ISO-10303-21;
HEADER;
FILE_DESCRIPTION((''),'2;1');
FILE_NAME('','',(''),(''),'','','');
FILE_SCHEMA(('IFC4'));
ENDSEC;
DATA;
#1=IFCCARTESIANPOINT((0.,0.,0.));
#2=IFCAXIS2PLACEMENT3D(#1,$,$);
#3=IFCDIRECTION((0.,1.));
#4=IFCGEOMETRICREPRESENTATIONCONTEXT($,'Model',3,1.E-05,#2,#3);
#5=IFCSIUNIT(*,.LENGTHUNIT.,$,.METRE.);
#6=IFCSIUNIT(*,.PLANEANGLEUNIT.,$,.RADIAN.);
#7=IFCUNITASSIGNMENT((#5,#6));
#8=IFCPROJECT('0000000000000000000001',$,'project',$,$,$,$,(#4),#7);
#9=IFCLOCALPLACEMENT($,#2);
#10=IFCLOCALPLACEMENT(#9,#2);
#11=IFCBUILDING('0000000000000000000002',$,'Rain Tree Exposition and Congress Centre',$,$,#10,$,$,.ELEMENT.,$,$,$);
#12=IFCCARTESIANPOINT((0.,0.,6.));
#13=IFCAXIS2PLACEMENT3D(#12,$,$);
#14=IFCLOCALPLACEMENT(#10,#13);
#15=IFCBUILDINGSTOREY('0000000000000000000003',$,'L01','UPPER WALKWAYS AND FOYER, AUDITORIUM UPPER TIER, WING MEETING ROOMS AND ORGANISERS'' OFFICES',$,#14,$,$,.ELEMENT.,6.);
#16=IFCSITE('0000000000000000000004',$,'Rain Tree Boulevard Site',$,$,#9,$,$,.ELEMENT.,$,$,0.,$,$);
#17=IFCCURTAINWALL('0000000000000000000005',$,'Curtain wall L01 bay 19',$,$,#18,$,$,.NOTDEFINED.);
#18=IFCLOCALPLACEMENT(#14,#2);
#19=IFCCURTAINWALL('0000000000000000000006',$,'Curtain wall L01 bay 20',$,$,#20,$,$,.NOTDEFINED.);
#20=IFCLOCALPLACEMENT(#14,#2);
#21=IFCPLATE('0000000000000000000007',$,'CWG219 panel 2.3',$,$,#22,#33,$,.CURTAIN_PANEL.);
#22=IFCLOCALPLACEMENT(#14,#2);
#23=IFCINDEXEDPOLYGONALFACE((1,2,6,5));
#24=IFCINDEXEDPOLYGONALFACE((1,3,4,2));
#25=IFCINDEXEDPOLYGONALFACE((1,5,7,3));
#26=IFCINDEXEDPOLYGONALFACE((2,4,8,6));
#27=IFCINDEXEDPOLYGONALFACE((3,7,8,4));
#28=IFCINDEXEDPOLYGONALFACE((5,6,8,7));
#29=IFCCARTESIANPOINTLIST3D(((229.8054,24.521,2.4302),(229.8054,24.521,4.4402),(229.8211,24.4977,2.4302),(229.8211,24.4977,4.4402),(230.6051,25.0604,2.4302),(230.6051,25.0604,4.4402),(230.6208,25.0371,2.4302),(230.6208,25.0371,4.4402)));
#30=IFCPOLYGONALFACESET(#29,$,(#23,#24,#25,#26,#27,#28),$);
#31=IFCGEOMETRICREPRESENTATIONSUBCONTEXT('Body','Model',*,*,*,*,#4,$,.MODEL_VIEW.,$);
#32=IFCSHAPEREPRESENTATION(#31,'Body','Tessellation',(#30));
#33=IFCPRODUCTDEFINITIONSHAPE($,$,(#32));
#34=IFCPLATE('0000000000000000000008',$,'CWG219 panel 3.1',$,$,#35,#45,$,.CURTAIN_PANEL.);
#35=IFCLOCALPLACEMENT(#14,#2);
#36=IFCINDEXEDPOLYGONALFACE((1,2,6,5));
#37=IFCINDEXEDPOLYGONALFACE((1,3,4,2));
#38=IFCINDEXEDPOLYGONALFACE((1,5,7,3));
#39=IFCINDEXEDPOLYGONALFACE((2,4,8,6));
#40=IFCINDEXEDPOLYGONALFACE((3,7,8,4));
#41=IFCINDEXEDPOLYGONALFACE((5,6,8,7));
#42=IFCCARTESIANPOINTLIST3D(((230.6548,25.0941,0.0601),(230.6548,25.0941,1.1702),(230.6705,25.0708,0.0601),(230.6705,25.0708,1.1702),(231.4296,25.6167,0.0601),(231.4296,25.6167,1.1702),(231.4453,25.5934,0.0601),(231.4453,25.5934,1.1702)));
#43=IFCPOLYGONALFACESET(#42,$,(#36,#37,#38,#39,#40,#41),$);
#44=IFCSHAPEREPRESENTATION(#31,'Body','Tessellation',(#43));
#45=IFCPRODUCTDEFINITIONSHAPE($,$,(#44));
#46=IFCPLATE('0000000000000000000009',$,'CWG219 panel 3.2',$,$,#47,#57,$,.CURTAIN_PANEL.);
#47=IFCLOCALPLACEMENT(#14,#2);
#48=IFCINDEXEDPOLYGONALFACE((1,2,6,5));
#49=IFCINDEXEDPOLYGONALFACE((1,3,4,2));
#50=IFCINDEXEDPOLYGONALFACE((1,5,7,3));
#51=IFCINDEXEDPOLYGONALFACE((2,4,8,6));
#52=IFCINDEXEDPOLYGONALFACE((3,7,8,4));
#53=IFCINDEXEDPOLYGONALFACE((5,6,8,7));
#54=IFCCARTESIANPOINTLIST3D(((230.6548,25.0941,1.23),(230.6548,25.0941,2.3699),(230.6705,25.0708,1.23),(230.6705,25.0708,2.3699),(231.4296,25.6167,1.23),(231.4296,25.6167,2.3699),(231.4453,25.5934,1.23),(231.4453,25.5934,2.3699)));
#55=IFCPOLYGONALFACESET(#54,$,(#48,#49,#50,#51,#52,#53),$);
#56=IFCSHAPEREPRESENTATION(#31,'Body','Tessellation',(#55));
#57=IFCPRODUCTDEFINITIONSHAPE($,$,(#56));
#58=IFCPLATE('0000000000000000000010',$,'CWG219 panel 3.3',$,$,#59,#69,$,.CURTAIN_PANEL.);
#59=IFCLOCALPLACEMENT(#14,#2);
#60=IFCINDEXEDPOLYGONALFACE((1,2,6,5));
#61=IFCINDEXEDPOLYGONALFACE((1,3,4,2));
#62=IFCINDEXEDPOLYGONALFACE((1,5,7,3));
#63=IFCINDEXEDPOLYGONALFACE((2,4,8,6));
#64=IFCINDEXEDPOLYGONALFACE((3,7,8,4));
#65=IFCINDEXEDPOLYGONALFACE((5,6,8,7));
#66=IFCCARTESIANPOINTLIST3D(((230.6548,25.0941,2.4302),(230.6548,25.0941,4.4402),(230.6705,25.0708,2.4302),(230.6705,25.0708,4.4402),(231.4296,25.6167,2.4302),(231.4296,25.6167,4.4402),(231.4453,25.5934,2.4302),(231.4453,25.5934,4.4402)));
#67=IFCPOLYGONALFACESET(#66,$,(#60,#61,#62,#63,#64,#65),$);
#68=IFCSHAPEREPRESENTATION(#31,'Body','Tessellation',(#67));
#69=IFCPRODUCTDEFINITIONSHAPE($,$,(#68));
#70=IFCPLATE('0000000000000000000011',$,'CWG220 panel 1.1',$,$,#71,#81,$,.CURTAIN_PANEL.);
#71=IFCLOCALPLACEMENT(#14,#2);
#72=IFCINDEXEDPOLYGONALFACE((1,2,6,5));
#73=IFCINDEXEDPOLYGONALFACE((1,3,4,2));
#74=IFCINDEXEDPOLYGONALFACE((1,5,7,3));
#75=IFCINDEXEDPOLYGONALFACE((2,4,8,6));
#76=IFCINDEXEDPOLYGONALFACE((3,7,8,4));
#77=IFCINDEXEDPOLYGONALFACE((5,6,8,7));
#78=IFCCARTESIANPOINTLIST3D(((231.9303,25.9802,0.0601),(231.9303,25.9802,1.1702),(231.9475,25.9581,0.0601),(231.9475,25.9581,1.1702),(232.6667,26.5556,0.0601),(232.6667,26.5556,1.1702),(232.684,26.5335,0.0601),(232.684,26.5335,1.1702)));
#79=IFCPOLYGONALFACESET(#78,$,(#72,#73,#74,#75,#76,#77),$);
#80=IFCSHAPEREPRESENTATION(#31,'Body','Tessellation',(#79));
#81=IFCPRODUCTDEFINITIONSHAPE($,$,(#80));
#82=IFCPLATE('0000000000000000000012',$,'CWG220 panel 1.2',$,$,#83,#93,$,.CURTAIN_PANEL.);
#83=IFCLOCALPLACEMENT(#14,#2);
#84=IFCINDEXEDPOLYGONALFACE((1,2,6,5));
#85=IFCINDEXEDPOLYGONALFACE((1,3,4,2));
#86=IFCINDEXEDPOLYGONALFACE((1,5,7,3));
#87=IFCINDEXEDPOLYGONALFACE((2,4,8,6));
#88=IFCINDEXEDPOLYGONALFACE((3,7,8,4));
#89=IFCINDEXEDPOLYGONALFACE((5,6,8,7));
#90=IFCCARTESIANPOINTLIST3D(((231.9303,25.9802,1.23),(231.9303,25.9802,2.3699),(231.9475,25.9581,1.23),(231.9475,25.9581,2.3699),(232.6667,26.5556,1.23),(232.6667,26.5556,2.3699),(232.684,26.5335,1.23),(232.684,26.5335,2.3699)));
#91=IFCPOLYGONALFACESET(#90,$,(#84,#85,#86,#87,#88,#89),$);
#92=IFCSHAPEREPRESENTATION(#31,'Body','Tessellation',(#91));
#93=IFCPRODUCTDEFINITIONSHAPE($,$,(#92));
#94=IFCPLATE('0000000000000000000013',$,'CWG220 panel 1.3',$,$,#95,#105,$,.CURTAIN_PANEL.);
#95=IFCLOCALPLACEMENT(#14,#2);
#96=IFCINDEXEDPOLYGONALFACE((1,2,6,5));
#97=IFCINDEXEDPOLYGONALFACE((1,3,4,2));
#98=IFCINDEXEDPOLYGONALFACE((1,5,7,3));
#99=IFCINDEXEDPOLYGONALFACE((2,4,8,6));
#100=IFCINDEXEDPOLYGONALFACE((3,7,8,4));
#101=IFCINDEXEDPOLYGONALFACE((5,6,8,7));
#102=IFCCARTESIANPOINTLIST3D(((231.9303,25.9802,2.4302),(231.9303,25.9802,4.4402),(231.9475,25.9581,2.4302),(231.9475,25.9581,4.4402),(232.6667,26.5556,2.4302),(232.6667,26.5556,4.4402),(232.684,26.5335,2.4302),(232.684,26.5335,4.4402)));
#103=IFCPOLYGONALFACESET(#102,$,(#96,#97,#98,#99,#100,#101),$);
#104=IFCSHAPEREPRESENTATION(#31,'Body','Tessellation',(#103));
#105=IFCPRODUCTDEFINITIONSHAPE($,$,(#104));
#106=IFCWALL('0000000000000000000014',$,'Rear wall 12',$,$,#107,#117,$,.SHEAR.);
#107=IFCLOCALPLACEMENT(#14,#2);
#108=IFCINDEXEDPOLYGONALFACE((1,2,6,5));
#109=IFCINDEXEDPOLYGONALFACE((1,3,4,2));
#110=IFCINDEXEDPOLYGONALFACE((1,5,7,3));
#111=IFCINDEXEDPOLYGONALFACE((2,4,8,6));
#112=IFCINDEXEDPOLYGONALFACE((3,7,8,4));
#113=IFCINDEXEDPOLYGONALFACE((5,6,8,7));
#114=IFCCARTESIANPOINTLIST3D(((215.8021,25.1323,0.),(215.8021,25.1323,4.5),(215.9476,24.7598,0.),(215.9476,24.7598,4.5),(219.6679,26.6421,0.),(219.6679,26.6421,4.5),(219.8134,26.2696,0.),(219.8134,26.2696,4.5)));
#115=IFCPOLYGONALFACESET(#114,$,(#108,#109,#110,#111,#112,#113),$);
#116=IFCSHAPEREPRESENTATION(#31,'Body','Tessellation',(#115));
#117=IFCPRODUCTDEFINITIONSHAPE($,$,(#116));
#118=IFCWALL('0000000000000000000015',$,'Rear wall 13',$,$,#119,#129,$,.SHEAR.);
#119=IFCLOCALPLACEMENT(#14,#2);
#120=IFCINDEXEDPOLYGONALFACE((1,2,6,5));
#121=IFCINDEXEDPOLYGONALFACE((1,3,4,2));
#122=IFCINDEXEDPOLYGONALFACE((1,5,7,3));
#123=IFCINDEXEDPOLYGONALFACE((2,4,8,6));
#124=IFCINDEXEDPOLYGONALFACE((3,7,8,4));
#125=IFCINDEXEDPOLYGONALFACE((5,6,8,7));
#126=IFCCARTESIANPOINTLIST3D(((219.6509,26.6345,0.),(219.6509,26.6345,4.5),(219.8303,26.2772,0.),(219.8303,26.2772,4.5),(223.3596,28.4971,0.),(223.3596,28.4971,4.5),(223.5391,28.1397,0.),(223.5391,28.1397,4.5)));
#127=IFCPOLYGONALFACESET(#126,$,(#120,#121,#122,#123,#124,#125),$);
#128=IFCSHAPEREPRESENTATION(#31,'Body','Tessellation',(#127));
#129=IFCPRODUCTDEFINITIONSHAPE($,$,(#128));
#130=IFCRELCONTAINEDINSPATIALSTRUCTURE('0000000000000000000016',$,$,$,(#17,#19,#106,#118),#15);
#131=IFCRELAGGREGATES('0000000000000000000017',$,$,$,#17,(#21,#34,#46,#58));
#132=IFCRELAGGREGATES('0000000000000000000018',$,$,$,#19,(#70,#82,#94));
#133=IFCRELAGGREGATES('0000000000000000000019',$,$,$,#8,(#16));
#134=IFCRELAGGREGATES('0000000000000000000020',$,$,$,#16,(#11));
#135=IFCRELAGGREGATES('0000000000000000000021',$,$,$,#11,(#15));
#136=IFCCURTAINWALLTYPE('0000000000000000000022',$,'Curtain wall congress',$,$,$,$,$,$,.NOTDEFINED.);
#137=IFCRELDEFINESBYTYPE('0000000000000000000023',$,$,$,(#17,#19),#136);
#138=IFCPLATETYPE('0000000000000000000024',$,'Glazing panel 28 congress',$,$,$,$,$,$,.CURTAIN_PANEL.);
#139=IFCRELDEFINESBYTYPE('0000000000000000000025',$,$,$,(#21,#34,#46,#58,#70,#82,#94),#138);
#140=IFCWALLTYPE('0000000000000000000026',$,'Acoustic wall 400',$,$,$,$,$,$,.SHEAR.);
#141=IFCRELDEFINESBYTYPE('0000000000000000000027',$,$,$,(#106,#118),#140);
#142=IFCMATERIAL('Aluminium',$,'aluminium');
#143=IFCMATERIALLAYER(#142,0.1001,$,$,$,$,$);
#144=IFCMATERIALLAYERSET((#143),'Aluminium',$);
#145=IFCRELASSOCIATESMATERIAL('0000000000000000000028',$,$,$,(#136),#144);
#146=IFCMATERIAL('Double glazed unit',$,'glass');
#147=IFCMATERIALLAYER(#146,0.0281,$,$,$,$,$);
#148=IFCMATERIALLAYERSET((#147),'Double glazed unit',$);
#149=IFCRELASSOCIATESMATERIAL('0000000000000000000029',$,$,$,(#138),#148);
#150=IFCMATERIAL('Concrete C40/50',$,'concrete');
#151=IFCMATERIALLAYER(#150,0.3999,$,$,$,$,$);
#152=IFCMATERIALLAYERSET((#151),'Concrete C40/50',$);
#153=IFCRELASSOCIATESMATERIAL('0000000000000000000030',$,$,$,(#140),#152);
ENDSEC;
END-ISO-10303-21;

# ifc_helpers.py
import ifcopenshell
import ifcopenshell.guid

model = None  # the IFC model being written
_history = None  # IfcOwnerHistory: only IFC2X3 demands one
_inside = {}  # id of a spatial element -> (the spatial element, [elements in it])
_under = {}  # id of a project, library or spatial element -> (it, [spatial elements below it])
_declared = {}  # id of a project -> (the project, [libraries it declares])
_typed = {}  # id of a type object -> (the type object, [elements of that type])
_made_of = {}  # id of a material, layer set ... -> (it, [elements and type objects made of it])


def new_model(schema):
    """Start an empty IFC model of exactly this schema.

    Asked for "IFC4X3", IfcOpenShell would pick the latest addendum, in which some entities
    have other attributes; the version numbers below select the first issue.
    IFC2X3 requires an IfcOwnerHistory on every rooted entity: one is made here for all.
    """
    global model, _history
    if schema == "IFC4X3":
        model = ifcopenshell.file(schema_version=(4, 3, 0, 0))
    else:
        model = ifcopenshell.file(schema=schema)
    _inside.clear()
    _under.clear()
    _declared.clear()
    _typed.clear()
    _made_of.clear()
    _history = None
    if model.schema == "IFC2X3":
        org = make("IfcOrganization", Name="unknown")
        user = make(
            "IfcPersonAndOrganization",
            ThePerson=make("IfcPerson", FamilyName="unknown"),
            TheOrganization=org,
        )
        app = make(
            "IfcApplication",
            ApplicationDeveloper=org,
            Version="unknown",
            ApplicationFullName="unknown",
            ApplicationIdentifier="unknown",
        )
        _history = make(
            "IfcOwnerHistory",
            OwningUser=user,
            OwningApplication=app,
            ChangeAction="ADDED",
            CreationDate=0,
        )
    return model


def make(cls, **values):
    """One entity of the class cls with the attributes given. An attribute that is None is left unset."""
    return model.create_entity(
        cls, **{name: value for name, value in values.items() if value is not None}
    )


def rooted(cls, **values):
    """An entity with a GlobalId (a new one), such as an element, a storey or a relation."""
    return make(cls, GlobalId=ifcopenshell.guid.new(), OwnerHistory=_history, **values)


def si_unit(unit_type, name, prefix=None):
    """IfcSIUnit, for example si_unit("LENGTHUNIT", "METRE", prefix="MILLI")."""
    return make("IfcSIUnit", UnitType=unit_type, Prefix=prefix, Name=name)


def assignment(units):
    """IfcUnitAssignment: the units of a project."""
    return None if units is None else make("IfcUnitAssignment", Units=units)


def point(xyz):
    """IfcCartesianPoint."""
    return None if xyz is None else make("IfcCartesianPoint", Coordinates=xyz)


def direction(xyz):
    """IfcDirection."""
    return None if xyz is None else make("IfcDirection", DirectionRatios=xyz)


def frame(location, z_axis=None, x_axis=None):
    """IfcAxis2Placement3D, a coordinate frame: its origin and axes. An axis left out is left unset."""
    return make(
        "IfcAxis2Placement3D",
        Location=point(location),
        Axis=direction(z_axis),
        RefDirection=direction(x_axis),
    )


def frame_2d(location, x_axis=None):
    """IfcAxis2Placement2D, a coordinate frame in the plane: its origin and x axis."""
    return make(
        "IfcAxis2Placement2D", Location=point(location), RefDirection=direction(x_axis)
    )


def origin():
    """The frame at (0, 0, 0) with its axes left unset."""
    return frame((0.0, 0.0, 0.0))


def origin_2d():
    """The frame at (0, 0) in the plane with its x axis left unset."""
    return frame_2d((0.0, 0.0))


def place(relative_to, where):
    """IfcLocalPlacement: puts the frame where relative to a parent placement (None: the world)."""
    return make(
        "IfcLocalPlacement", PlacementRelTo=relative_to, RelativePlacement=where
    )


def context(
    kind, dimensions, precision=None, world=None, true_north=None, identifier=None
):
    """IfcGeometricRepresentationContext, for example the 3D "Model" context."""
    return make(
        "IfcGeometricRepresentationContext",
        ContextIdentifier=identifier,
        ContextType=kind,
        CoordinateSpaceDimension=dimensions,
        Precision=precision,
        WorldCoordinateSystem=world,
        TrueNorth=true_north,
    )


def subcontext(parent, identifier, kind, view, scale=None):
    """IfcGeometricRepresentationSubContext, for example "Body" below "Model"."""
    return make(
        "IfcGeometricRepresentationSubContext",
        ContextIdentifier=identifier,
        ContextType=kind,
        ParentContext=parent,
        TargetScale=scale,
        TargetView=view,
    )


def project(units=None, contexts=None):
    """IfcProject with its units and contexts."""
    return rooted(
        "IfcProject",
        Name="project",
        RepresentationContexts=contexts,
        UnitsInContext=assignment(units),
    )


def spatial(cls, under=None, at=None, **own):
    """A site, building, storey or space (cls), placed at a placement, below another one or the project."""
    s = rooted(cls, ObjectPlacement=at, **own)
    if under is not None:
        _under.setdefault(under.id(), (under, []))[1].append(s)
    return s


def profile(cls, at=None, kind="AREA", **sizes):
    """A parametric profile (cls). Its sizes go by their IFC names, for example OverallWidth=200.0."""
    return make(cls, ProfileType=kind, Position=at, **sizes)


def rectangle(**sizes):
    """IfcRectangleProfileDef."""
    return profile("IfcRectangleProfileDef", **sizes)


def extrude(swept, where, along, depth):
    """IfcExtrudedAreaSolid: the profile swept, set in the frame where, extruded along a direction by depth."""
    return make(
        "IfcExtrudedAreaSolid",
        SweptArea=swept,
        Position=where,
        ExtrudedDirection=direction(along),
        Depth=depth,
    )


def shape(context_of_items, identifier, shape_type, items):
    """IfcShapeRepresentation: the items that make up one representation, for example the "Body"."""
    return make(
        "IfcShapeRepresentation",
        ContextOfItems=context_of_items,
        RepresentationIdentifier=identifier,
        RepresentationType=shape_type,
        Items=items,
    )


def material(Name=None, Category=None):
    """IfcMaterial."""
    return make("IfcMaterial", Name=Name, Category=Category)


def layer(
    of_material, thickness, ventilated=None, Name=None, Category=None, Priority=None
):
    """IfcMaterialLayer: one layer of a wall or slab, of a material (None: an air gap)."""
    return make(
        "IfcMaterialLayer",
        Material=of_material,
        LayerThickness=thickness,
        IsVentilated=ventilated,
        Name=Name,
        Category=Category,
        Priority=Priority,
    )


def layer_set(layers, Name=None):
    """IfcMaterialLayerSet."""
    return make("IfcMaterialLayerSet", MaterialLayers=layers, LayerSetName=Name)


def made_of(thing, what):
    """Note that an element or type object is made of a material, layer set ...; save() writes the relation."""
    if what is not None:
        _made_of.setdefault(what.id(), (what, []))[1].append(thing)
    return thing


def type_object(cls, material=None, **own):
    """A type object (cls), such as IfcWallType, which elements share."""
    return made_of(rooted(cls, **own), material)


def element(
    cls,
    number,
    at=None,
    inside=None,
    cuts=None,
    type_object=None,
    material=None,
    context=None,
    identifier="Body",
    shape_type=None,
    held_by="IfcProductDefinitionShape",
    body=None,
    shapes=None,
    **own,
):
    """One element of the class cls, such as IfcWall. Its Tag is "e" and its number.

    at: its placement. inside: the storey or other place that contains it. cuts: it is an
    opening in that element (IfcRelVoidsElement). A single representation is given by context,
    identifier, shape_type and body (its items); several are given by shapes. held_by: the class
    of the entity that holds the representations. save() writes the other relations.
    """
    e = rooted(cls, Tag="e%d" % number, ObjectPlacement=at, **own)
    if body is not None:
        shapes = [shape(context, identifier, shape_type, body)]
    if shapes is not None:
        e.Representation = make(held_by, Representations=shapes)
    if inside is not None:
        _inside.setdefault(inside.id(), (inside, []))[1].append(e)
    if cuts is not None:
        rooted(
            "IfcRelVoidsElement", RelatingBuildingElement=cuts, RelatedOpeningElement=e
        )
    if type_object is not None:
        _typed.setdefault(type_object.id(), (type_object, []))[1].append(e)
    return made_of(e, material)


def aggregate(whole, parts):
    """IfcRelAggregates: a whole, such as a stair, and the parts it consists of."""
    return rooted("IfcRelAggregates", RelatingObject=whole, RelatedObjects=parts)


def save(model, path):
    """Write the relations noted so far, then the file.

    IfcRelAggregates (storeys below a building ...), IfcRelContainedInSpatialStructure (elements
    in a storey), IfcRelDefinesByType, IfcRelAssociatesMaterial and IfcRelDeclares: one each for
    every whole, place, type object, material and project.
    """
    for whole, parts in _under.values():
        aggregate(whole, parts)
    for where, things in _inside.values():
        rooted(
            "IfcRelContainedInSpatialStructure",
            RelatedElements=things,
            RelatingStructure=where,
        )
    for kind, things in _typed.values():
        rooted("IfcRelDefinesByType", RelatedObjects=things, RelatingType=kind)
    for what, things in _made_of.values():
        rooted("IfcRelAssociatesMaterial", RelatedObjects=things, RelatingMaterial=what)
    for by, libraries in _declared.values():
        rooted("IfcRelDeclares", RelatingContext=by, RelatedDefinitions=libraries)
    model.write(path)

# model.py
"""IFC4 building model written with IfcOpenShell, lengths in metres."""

from ifc_helpers import new_model, si_unit, direction, frame, frame_2d, origin, origin_2d, place, context, subcontext, project, spatial, rectangle, extrude, material, layer, layer_set, type_object, element, aggregate, save


model = new_model("IFC4")

# Units and contexts
model_context = context("Model", 3, precision=1e-05, world=origin(), true_north=direction((0.0, 1.0)))
body_context = subcontext(model_context, "Body", "Model", "MODEL_VIEW")
ifc_project = project(units=[si_unit("LENGTHUNIT", "METRE"), si_unit("PLANEANGLEUNIT", "RADIAN")], contexts=[model_context])

# Site, building, storey
site_placement = place(None, origin())
site = spatial("IfcSite", under=ifc_project, at=site_placement, Name="Rain Tree Boulevard Site", CompositionType="ELEMENT", RefElevation=0.0)
building_placement = place(site_placement, origin())
building = spatial("IfcBuilding", under=site, at=building_placement, Name="Rain Tree Exposition and Congress Centre", CompositionType="ELEMENT")
storey_placement = place(building_placement, frame((0.0, 0.0, 6.0)))
storey = spatial("IfcBuildingStorey", under=building, at=storey_placement, Name="L01", Description="UPPER WALKWAYS AND FOYER, AUDITORIUM UPPER TIER, WING MEETING ROOMS AND ORGANISERS' OFFICES", CompositionType="ELEMENT", Elevation=6.0)

# Curtain walls
ifc_material_1 = material(Name="Aluminium", Category="aluminium")
ifc_layer_1 = layer(ifc_material_1, 0.1001)
ifc_layer_set_1 = layer_set([ifc_layer_1], Name="Aluminium")
curtain_wall_type = type_object("IfcCurtainWallType", Name="Curtain wall congress", PredefinedType="NOTDEFINED", material=ifc_layer_set_1)
curtain_wall_1_placement = place(storey_placement, origin())
curtain_wall_1 = element("IfcCurtainWall", 1, at=curtain_wall_1_placement, inside=storey, type_object=curtain_wall_type, Name="Curtain wall L01 bay 19", PredefinedType="NOTDEFINED")
curtain_wall_2_placement = place(storey_placement, origin())
curtain_wall_2 = element("IfcCurtainWall", 2, at=curtain_wall_2_placement, inside=storey, type_object=curtain_wall_type, Name="Curtain wall L01 bay 20", PredefinedType="NOTDEFINED")

# Plates
ifc_material_2 = material(Name="Double glazed unit", Category="glass")
ifc_layer_2 = layer(ifc_material_2, 0.0281)
ifc_layer_set_2 = layer_set([ifc_layer_2], Name="Double glazed unit")
plate_type = type_object("IfcPlateType", Name="Glazing panel 28 congress", PredefinedType="CURTAIN_PANEL", material=ifc_layer_set_2)
plate_1_placement = place(storey_placement, frame((230.2131, 24.7791, 2.4302), z_axis=(0.0, 0.0, 1.0), x_axis=(0.829035, 0.559197, 0.0)))
plate_1 = element("IfcPlate", 3, at=plate_1_placement, type_object=plate_type, Name="CWG219 panel 2.3", PredefinedType="CURTAIN_PANEL", context=body_context, shape_type="SweptSolid", body=[
    extrude(rectangle(XDim=0.9646, YDim=0.0281, at=origin_2d()), origin(), (0.0, 0.0, 1.0), 2.01),
])
plate_2_placement = place(storey_placement, frame((231.05, 25.3438, 0.0601), z_axis=(0.0, 0.0, 1.0), x_axis=(0.829035, 0.559197, 0.0)))
plate_2 = element("IfcPlate", 4, at=plate_2_placement, type_object=plate_type, Name="CWG219 panel 3.1", PredefinedType="CURTAIN_PANEL", context=body_context, shape_type="SweptSolid", body=[
    extrude(rectangle(XDim=0.9346, YDim=0.0281, at=origin_2d()), origin(), (0.0, 0.0, 1.0), 1.1101),
])
plate_3_placement = place(storey_placement, frame((231.05, 25.3438, 1.23), z_axis=(0.0, 0.0, 1.0), x_axis=(0.829035, 0.559197, 0.0)))
plate_3 = element("IfcPlate", 5, at=plate_3_placement, type_object=plate_type, Name="CWG219 panel 3.2", PredefinedType="CURTAIN_PANEL", context=body_context, shape_type="SweptSolid", body=[
    extrude(rectangle(XDim=0.9346, YDim=0.0281, at=origin_2d()), origin(), (0.0, 0.0, 1.0), 1.1399),
])
plate_4_placement = place(storey_placement, frame((231.05, 25.3438, 2.4302), z_axis=(0.0, 0.0, 1.0), x_axis=(0.829035, 0.559197, 0.0)))
plate_4 = element("IfcPlate", 6, at=plate_4_placement, type_object=plate_type, Name="CWG219 panel 3.3", PredefinedType="CURTAIN_PANEL", context=body_context, shape_type="SweptSolid", body=[
    extrude(rectangle(XDim=0.9346, YDim=0.0281, at=origin_2d()), origin(), (0.0, 0.0, 1.0), 2.01),
])
aggregate(curtain_wall_1, [plate_1, plate_2, plate_3, plate_4])
plate_5_placement = place(storey_placement, frame((232.3071, 26.2568, 0.0601), z_axis=(0.0, 0.0, 1.0), x_axis=(0.788003, 0.615671, 0.0)))
plate_5 = element("IfcPlate", 7, at=plate_5_placement, type_object=plate_type, Name="CWG220 panel 1.1", PredefinedType="CURTAIN_PANEL", context=body_context, shape_type="SweptSolid", body=[
    extrude(rectangle(XDim=0.9346, YDim=0.0281, at=origin_2d()), origin(), (0.0, 0.0, 1.0), 1.1101),
])
plate_6_placement = place(storey_placement, frame((232.3071, 26.2568, 1.23), z_axis=(0.0, 0.0, 1.0), x_axis=(0.788003, 0.615671, 0.0)))
plate_6 = element("IfcPlate", 8, at=plate_6_placement, type_object=plate_type, Name="CWG220 panel 1.2", PredefinedType="CURTAIN_PANEL", context=body_context, shape_type="SweptSolid", body=[
    extrude(rectangle(XDim=0.9346, YDim=0.0281, at=origin_2d()), origin(), (0.0, 0.0, 1.0), 1.1399),
])
plate_7_placement = place(storey_placement, frame((232.3071, 26.2568, 2.4302), z_axis=(0.0, 0.0, 1.0), x_axis=(0.788003, 0.615671, 0.0)))
plate_7 = element("IfcPlate", 9, at=plate_7_placement, type_object=plate_type, Name="CWG220 panel 1.3", PredefinedType="CURTAIN_PANEL", context=body_context, shape_type="SweptSolid", body=[
    extrude(rectangle(XDim=0.9346, YDim=0.0281, at=origin_2d()), origin(), (0.0, 0.0, 1.0), 2.01),
])
aggregate(curtain_wall_2, [plate_5, plate_6, plate_7])

# Walls
ifc_material_3 = material(Name="Concrete C40/50", Category="concrete")
ifc_layer_3 = layer(ifc_material_3, 0.3999)
ifc_layer_set_3 = layer_set([ifc_layer_3], Name="Concrete C40/50")
wall_type = type_object("IfcWallType", Name="Acoustic wall 400", PredefinedType="SHEAR", material=ifc_layer_set_3)
for number, where, z_axis, x_axis, name in (
    (10, (215.8748, 24.946, 0.0), (0.0, 0.0, 1.0), (0.93148, 0.363792, 0.0), "Rear wall 12"),
    (11, (219.7405, 26.4558, 0.0), (0.0, 0.0, 1.0), (0.893638, 0.448789, 0.0), "Rear wall 13"),
):
    element("IfcWall", number, at=place(storey_placement, frame(where, z_axis=z_axis, x_axis=x_axis)), inside=storey, type_object=wall_type, Name=name, PredefinedType="SHEAR", context=body_context, shape_type="SweptSolid", body=[
        extrude(rectangle(XDim=4.1501, YDim=0.3999, at=frame_2d((2.0752, 0.0))), origin(), (0.0, 0.0, 1.0), 4.5),
    ])

save(model, "model.ifc")
